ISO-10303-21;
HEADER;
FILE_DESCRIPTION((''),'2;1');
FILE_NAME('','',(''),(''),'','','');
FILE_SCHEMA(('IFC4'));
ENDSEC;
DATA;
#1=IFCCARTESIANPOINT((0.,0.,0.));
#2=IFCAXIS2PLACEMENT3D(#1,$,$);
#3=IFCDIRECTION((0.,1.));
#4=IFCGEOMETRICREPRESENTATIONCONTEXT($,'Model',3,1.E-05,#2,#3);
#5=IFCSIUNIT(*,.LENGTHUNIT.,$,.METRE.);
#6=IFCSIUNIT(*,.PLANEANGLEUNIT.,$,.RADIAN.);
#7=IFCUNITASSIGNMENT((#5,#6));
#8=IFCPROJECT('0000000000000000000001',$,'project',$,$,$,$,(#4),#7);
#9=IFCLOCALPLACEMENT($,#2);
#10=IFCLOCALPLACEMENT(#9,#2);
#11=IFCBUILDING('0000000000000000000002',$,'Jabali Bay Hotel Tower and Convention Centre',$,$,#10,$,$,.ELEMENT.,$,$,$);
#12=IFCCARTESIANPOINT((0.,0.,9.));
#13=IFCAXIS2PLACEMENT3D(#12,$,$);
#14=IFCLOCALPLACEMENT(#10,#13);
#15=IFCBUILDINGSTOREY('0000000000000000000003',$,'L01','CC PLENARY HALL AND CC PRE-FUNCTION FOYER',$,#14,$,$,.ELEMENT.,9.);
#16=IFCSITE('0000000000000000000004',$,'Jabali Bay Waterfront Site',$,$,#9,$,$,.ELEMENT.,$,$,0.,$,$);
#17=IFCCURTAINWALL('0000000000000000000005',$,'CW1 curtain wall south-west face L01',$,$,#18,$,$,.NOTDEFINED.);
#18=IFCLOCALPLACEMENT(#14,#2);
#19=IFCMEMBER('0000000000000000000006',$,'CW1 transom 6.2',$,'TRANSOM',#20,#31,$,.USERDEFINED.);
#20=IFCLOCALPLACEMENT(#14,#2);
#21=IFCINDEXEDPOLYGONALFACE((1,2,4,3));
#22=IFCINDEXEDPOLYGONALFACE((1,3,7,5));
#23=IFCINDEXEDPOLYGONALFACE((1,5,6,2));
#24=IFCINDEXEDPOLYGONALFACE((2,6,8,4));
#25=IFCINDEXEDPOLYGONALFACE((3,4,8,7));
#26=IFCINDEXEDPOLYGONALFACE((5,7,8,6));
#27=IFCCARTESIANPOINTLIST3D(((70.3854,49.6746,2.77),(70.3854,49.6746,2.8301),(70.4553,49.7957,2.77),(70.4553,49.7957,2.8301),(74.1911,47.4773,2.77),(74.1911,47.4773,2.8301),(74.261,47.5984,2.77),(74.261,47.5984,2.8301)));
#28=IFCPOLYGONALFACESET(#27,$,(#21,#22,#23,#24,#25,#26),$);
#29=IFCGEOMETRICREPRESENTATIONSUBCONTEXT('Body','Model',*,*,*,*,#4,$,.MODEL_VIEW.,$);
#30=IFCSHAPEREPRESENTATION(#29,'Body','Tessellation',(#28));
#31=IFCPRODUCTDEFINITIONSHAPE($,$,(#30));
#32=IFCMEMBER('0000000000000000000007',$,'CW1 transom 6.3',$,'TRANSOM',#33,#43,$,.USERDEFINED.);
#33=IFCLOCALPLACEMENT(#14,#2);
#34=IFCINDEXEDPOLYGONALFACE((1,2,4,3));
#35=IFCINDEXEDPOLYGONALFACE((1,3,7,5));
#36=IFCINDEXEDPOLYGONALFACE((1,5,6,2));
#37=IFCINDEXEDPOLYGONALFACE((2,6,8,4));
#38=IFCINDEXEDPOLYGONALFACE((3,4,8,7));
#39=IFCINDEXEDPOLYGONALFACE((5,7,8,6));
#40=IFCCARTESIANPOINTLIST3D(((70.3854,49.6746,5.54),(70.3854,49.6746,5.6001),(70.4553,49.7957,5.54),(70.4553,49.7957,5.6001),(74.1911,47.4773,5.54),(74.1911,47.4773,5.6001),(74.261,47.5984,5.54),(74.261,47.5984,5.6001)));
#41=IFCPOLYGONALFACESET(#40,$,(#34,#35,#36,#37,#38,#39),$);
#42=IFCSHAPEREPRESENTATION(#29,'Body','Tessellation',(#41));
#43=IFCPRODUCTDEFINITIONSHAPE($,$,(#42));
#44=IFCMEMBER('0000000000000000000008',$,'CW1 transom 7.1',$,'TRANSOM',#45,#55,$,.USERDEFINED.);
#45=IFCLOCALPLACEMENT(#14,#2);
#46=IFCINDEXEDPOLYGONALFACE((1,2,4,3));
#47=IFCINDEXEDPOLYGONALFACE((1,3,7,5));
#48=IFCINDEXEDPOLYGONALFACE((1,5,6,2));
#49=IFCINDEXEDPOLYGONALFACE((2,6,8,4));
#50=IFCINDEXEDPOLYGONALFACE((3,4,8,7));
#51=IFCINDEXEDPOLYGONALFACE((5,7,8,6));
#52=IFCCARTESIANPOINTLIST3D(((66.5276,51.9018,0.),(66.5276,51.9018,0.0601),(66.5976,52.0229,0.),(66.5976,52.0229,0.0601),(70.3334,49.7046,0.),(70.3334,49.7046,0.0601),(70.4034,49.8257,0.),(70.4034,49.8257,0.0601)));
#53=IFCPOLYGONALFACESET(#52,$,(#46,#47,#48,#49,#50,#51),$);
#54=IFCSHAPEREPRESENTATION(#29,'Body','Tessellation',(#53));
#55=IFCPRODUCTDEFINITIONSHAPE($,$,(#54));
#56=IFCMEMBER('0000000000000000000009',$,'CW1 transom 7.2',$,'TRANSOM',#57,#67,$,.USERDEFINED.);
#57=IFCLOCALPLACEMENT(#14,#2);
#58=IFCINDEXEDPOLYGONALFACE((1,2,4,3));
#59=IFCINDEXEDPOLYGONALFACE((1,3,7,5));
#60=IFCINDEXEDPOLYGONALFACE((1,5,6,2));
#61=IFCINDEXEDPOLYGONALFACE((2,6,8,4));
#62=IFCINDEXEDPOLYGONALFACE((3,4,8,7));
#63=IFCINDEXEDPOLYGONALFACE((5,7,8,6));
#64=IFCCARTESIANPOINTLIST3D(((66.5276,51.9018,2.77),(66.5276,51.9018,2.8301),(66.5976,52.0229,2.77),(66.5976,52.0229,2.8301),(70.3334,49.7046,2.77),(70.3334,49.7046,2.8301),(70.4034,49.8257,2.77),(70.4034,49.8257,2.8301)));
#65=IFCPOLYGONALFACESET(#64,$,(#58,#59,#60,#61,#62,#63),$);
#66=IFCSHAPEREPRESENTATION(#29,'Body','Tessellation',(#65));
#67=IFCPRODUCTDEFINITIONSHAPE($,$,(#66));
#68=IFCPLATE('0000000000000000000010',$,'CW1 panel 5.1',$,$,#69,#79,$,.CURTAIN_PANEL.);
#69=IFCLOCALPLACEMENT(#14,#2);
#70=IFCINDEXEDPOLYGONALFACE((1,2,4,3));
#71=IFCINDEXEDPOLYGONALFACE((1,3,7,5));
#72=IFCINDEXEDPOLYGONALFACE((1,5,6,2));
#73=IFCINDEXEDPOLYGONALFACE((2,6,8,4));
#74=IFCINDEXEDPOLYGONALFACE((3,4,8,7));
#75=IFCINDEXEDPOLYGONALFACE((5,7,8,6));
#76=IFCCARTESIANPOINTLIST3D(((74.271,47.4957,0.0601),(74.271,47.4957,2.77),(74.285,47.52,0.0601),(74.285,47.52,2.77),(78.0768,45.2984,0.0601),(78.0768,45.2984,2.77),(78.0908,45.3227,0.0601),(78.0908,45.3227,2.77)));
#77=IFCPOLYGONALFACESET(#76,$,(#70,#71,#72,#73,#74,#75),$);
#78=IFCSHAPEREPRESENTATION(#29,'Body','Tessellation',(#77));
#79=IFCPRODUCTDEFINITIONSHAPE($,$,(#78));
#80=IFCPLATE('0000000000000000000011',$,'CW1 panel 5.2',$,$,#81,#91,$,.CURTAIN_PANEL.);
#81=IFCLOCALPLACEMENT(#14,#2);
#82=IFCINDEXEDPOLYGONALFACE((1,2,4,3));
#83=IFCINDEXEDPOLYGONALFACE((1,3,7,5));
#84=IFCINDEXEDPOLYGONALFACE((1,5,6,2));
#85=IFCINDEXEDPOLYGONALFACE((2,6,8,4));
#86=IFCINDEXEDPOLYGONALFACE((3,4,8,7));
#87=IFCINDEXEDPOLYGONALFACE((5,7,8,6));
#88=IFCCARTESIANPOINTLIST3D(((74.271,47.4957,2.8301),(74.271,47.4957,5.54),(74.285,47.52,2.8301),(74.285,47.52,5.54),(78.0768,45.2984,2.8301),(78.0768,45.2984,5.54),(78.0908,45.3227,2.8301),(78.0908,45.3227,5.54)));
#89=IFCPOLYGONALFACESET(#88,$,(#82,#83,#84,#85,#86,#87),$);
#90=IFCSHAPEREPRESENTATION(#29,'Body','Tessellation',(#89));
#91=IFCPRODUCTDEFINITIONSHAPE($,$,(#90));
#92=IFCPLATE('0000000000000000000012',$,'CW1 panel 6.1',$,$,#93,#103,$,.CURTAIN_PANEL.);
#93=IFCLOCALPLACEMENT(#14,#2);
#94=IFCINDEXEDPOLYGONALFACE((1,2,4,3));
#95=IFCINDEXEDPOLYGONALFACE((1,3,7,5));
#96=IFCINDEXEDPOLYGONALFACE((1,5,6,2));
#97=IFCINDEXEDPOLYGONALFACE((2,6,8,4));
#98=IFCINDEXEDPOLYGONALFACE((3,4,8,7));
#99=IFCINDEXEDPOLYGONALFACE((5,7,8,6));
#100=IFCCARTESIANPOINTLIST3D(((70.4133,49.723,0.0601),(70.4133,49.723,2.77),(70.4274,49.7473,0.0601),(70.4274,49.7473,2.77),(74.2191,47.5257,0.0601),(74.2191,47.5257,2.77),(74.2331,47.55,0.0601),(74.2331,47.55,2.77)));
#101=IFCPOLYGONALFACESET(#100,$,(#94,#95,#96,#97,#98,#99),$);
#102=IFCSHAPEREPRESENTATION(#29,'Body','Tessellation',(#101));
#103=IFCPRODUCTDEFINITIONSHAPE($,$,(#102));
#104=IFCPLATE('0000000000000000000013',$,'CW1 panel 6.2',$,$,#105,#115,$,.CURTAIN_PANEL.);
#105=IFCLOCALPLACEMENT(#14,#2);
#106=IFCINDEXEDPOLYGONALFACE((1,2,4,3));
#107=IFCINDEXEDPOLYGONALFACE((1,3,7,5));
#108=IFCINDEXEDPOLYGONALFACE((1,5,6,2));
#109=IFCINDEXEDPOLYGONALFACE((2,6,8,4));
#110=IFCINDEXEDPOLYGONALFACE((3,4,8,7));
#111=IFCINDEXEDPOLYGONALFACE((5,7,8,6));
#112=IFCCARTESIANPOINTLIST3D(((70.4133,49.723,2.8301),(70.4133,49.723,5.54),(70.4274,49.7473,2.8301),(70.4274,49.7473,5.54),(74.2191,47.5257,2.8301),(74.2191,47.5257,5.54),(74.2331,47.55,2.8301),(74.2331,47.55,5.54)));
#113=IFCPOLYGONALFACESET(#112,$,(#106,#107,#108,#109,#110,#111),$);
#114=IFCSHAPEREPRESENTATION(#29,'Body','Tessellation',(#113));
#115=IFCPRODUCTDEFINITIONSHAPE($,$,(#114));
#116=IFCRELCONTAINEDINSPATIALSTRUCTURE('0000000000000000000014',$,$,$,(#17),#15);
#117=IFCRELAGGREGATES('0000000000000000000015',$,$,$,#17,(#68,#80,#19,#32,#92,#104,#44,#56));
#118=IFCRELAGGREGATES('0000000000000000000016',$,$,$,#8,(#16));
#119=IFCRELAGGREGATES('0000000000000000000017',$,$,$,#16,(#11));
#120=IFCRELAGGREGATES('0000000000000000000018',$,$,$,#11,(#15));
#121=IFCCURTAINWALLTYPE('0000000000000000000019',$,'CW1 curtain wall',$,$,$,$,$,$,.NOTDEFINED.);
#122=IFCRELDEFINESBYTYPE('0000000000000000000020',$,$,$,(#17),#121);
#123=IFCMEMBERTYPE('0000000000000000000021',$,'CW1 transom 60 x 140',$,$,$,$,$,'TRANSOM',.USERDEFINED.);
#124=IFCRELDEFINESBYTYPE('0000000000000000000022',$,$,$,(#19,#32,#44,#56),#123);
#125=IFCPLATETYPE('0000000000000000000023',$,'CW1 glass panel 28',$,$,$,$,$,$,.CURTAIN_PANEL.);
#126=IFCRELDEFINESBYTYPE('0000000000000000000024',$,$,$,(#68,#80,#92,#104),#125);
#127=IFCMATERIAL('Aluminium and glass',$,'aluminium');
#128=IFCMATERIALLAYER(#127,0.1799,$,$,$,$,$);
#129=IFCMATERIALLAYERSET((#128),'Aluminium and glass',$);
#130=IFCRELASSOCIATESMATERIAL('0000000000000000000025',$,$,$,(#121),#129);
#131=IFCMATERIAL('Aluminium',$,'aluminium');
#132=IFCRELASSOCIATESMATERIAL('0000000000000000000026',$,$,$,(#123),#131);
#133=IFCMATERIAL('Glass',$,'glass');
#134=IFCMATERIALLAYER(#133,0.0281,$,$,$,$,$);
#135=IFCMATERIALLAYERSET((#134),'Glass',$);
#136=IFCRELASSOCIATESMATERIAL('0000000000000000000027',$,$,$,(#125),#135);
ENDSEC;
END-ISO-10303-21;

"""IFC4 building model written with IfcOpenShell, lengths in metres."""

from ifc_helpers import new_model, si_unit, direction, frame, origin, origin_2d, place, context, subcontext, project, spatial, rectangle, extrude, material, layer, layer_set, material_profile, profile_set, type_object, element, aggregate, save


model = new_model("IFC4")

# Units and contexts
model_context = context("Model", 3, precision=1e-05, world=origin(), true_north=direction((0.0, 1.0)))
body_context = subcontext(model_context, "Body", "Model", "MODEL_VIEW")
ifc_project = project(units=[si_unit("LENGTHUNIT", "METRE"), si_unit("PLANEANGLEUNIT", "RADIAN")], contexts=[model_context])

# Site, building, storey
site_placement = place(None, origin())
site = spatial("IfcSite", under=ifc_project, at=site_placement, Name="Jabali Bay Waterfront Site", CompositionType="ELEMENT", RefElevation=0.0)
building_placement = place(site_placement, origin())
building = spatial("IfcBuilding", under=site, at=building_placement, Name="Jabali Bay Hotel Tower and Convention Centre", CompositionType="ELEMENT")
storey_placement = place(building_placement, frame((0.0, 0.0, 9.0)))
storey = spatial("IfcBuildingStorey", under=building, at=storey_placement, Name="L01", Description="CC PLENARY HALL AND CC PRE-FUNCTION FOYER", CompositionType="ELEMENT", Elevation=9.0)

# Curtain wall, members, plates
ifc_material_1 = material(Name="Aluminium and glass", Category="aluminium")
ifc_layer_1 = layer(ifc_material_1, 0.1799)
ifc_layer_set_1 = layer_set([ifc_layer_1], Name="Aluminium and glass")
curtain_wall_type = type_object("IfcCurtainWallType", Name="CW1 curtain wall", PredefinedType="NOTDEFINED", material=ifc_layer_set_1)
curtain_wall_placement = place(storey_placement, origin())
curtain_wall = element("IfcCurtainWall", 1, at=curtain_wall_placement, inside=storey, type_object=curtain_wall_type, Name="CW1 curtain wall south-west face L01", PredefinedType="NOTDEFINED")
ifc_material_2 = material(Name="Aluminium", Category="aluminium")
ifc_material_profile_1 = material_profile(ifc_material_2, rectangle(XDim=0.1399, YDim=0.0601, at=origin_2d()), Name="CW1 transom 60 x 140")
ifc_profile_set_1 = profile_set([ifc_material_profile_1], Name="Aluminium")
member_type_1 = type_object("IfcMemberType", Name="CW1 transom 60 x 140", ElementType="TRANSOM", PredefinedType="USERDEFINED", material=ifc_profile_set_1)
member_1_placement = place(storey_placement, frame((74.2261, 47.5378, 2.8), z_axis=(-0.866019, 0.500011, 0.0), x_axis=(-0.500011, -0.866019, 0.0)))
member_1 = element("IfcMember", 2, at=member_1_placement, type_object=member_type_1, Name="CW1 transom 6.2", ObjectType="TRANSOM", PredefinedType="USERDEFINED", context=body_context, shape_type="SweptSolid", body=[
    extrude(rectangle(XDim=0.1399, YDim=0.0601, at=origin_2d()), origin(), (0.0, 0.0, 1.0), 4.3945),
])
member_2_placement = place(storey_placement, frame((74.2261, 47.5378, 5.5701), z_axis=(-0.866019, 0.500011, 0.0), x_axis=(-0.500011, -0.866019, 0.0)))
member_2 = element("IfcMember", 3, at=member_2_placement, type_object=member_type_1, Name="CW1 transom 6.3", ObjectType="TRANSOM", PredefinedType="USERDEFINED", context=body_context, shape_type="SweptSolid", body=[
    extrude(rectangle(XDim=0.1399, YDim=0.0601, at=origin_2d()), origin(), (0.0, 0.0, 1.0), 4.3945),
])
member_3_placement = place(storey_placement, frame((70.3684, 49.7651, 0.03), z_axis=(-0.866033, 0.499987, 0.0), x_axis=(-0.499987, -0.866033, 0.0)))
member_3 = element("IfcMember", 4, at=member_3_placement, type_object=member_type_1, Name="CW1 transom 7.1", ObjectType="TRANSOM", PredefinedType="USERDEFINED", context=body_context, shape_type="SweptSolid", body=[
    extrude(rectangle(XDim=0.1399, YDim=0.0601, at=origin_2d()), origin(), (0.0, 0.0, 1.0), 4.3945),
])
member_4_placement = place(storey_placement, frame((70.3684, 49.7651, 2.8), z_axis=(-0.866033, 0.499987, 0.0), x_axis=(-0.499987, -0.866033, 0.0)))
member_4 = element("IfcMember", 5, at=member_4_placement, type_object=member_type_1, Name="CW1 transom 7.2", ObjectType="TRANSOM", PredefinedType="USERDEFINED", context=body_context, shape_type="SweptSolid", body=[
    extrude(rectangle(XDim=0.1399, YDim=0.0601, at=origin_2d()), origin(), (0.0, 0.0, 1.0), 4.3945),
])
ifc_material_3 = material(Name="Glass", Category="glass")
ifc_layer_2 = layer(ifc_material_3, 0.0281)
ifc_layer_set_2 = layer_set([ifc_layer_2], Name="Glass")
plate_type = type_object("IfcPlateType", Name="CW1 glass panel 28", PredefinedType="CURTAIN_PANEL", material=ifc_layer_set_2)
plate_1_placement = place(storey_placement, frame((76.1809, 46.4092, 0.0601), z_axis=(0.0, 0.0, 1.0), x_axis=(-0.866025, 0.5, 0.0)))
plate_1 = element("IfcPlate", 6, at=plate_1_placement, type_object=plate_type, Name="CW1 panel 5.1", PredefinedType="CURTAIN_PANEL", context=body_context, shape_type="SweptSolid", body=[
    extrude(rectangle(XDim=4.3945, YDim=0.0281, at=origin_2d()), origin(), (0.0, 0.0, 1.0), 2.71),
])
plate_2_placement = place(storey_placement, frame((76.1809, 46.4092, 2.8301), z_axis=(0.0, 0.0, 1.0), x_axis=(-0.866025, 0.5, 0.0)))
plate_2 = element("IfcPlate", 7, at=plate_2_placement, type_object=plate_type, Name="CW1 panel 5.2", PredefinedType="CURTAIN_PANEL", context=body_context, shape_type="SweptSolid", body=[
    extrude(rectangle(XDim=4.3945, YDim=0.0281, at=origin_2d()), origin(), (0.0, 0.0, 1.0), 2.71),
])
plate_3_placement = place(storey_placement, frame((72.3232, 48.6365, 0.0601), z_axis=(0.0, 0.0, 1.0), x_axis=(-0.866025, 0.5, 0.0)))
plate_3 = element("IfcPlate", 8, at=plate_3_placement, type_object=plate_type, Name="CW1 panel 6.1", PredefinedType="CURTAIN_PANEL", context=body_context, shape_type="SweptSolid", body=[
    extrude(rectangle(XDim=4.3945, YDim=0.0281, at=origin_2d()), origin(), (0.0, 0.0, 1.0), 2.71),
])
plate_4_placement = place(storey_placement, frame((72.3232, 48.6365, 2.8301), z_axis=(0.0, 0.0, 1.0), x_axis=(-0.866025, 0.5, 0.0)))
plate_4 = element("IfcPlate", 9, at=plate_4_placement, type_object=plate_type, Name="CW1 panel 6.2", PredefinedType="CURTAIN_PANEL", context=body_context, shape_type="SweptSolid", body=[
    extrude(rectangle(XDim=4.3945, YDim=0.0281, at=origin_2d()), origin(), (0.0, 0.0, 1.0), 2.71),
])
aggregate(curtain_wall, [plate_1, plate_2, member_1, member_2, plate_3, plate_4, member_3, member_4])

save(model, "model.ifc")
